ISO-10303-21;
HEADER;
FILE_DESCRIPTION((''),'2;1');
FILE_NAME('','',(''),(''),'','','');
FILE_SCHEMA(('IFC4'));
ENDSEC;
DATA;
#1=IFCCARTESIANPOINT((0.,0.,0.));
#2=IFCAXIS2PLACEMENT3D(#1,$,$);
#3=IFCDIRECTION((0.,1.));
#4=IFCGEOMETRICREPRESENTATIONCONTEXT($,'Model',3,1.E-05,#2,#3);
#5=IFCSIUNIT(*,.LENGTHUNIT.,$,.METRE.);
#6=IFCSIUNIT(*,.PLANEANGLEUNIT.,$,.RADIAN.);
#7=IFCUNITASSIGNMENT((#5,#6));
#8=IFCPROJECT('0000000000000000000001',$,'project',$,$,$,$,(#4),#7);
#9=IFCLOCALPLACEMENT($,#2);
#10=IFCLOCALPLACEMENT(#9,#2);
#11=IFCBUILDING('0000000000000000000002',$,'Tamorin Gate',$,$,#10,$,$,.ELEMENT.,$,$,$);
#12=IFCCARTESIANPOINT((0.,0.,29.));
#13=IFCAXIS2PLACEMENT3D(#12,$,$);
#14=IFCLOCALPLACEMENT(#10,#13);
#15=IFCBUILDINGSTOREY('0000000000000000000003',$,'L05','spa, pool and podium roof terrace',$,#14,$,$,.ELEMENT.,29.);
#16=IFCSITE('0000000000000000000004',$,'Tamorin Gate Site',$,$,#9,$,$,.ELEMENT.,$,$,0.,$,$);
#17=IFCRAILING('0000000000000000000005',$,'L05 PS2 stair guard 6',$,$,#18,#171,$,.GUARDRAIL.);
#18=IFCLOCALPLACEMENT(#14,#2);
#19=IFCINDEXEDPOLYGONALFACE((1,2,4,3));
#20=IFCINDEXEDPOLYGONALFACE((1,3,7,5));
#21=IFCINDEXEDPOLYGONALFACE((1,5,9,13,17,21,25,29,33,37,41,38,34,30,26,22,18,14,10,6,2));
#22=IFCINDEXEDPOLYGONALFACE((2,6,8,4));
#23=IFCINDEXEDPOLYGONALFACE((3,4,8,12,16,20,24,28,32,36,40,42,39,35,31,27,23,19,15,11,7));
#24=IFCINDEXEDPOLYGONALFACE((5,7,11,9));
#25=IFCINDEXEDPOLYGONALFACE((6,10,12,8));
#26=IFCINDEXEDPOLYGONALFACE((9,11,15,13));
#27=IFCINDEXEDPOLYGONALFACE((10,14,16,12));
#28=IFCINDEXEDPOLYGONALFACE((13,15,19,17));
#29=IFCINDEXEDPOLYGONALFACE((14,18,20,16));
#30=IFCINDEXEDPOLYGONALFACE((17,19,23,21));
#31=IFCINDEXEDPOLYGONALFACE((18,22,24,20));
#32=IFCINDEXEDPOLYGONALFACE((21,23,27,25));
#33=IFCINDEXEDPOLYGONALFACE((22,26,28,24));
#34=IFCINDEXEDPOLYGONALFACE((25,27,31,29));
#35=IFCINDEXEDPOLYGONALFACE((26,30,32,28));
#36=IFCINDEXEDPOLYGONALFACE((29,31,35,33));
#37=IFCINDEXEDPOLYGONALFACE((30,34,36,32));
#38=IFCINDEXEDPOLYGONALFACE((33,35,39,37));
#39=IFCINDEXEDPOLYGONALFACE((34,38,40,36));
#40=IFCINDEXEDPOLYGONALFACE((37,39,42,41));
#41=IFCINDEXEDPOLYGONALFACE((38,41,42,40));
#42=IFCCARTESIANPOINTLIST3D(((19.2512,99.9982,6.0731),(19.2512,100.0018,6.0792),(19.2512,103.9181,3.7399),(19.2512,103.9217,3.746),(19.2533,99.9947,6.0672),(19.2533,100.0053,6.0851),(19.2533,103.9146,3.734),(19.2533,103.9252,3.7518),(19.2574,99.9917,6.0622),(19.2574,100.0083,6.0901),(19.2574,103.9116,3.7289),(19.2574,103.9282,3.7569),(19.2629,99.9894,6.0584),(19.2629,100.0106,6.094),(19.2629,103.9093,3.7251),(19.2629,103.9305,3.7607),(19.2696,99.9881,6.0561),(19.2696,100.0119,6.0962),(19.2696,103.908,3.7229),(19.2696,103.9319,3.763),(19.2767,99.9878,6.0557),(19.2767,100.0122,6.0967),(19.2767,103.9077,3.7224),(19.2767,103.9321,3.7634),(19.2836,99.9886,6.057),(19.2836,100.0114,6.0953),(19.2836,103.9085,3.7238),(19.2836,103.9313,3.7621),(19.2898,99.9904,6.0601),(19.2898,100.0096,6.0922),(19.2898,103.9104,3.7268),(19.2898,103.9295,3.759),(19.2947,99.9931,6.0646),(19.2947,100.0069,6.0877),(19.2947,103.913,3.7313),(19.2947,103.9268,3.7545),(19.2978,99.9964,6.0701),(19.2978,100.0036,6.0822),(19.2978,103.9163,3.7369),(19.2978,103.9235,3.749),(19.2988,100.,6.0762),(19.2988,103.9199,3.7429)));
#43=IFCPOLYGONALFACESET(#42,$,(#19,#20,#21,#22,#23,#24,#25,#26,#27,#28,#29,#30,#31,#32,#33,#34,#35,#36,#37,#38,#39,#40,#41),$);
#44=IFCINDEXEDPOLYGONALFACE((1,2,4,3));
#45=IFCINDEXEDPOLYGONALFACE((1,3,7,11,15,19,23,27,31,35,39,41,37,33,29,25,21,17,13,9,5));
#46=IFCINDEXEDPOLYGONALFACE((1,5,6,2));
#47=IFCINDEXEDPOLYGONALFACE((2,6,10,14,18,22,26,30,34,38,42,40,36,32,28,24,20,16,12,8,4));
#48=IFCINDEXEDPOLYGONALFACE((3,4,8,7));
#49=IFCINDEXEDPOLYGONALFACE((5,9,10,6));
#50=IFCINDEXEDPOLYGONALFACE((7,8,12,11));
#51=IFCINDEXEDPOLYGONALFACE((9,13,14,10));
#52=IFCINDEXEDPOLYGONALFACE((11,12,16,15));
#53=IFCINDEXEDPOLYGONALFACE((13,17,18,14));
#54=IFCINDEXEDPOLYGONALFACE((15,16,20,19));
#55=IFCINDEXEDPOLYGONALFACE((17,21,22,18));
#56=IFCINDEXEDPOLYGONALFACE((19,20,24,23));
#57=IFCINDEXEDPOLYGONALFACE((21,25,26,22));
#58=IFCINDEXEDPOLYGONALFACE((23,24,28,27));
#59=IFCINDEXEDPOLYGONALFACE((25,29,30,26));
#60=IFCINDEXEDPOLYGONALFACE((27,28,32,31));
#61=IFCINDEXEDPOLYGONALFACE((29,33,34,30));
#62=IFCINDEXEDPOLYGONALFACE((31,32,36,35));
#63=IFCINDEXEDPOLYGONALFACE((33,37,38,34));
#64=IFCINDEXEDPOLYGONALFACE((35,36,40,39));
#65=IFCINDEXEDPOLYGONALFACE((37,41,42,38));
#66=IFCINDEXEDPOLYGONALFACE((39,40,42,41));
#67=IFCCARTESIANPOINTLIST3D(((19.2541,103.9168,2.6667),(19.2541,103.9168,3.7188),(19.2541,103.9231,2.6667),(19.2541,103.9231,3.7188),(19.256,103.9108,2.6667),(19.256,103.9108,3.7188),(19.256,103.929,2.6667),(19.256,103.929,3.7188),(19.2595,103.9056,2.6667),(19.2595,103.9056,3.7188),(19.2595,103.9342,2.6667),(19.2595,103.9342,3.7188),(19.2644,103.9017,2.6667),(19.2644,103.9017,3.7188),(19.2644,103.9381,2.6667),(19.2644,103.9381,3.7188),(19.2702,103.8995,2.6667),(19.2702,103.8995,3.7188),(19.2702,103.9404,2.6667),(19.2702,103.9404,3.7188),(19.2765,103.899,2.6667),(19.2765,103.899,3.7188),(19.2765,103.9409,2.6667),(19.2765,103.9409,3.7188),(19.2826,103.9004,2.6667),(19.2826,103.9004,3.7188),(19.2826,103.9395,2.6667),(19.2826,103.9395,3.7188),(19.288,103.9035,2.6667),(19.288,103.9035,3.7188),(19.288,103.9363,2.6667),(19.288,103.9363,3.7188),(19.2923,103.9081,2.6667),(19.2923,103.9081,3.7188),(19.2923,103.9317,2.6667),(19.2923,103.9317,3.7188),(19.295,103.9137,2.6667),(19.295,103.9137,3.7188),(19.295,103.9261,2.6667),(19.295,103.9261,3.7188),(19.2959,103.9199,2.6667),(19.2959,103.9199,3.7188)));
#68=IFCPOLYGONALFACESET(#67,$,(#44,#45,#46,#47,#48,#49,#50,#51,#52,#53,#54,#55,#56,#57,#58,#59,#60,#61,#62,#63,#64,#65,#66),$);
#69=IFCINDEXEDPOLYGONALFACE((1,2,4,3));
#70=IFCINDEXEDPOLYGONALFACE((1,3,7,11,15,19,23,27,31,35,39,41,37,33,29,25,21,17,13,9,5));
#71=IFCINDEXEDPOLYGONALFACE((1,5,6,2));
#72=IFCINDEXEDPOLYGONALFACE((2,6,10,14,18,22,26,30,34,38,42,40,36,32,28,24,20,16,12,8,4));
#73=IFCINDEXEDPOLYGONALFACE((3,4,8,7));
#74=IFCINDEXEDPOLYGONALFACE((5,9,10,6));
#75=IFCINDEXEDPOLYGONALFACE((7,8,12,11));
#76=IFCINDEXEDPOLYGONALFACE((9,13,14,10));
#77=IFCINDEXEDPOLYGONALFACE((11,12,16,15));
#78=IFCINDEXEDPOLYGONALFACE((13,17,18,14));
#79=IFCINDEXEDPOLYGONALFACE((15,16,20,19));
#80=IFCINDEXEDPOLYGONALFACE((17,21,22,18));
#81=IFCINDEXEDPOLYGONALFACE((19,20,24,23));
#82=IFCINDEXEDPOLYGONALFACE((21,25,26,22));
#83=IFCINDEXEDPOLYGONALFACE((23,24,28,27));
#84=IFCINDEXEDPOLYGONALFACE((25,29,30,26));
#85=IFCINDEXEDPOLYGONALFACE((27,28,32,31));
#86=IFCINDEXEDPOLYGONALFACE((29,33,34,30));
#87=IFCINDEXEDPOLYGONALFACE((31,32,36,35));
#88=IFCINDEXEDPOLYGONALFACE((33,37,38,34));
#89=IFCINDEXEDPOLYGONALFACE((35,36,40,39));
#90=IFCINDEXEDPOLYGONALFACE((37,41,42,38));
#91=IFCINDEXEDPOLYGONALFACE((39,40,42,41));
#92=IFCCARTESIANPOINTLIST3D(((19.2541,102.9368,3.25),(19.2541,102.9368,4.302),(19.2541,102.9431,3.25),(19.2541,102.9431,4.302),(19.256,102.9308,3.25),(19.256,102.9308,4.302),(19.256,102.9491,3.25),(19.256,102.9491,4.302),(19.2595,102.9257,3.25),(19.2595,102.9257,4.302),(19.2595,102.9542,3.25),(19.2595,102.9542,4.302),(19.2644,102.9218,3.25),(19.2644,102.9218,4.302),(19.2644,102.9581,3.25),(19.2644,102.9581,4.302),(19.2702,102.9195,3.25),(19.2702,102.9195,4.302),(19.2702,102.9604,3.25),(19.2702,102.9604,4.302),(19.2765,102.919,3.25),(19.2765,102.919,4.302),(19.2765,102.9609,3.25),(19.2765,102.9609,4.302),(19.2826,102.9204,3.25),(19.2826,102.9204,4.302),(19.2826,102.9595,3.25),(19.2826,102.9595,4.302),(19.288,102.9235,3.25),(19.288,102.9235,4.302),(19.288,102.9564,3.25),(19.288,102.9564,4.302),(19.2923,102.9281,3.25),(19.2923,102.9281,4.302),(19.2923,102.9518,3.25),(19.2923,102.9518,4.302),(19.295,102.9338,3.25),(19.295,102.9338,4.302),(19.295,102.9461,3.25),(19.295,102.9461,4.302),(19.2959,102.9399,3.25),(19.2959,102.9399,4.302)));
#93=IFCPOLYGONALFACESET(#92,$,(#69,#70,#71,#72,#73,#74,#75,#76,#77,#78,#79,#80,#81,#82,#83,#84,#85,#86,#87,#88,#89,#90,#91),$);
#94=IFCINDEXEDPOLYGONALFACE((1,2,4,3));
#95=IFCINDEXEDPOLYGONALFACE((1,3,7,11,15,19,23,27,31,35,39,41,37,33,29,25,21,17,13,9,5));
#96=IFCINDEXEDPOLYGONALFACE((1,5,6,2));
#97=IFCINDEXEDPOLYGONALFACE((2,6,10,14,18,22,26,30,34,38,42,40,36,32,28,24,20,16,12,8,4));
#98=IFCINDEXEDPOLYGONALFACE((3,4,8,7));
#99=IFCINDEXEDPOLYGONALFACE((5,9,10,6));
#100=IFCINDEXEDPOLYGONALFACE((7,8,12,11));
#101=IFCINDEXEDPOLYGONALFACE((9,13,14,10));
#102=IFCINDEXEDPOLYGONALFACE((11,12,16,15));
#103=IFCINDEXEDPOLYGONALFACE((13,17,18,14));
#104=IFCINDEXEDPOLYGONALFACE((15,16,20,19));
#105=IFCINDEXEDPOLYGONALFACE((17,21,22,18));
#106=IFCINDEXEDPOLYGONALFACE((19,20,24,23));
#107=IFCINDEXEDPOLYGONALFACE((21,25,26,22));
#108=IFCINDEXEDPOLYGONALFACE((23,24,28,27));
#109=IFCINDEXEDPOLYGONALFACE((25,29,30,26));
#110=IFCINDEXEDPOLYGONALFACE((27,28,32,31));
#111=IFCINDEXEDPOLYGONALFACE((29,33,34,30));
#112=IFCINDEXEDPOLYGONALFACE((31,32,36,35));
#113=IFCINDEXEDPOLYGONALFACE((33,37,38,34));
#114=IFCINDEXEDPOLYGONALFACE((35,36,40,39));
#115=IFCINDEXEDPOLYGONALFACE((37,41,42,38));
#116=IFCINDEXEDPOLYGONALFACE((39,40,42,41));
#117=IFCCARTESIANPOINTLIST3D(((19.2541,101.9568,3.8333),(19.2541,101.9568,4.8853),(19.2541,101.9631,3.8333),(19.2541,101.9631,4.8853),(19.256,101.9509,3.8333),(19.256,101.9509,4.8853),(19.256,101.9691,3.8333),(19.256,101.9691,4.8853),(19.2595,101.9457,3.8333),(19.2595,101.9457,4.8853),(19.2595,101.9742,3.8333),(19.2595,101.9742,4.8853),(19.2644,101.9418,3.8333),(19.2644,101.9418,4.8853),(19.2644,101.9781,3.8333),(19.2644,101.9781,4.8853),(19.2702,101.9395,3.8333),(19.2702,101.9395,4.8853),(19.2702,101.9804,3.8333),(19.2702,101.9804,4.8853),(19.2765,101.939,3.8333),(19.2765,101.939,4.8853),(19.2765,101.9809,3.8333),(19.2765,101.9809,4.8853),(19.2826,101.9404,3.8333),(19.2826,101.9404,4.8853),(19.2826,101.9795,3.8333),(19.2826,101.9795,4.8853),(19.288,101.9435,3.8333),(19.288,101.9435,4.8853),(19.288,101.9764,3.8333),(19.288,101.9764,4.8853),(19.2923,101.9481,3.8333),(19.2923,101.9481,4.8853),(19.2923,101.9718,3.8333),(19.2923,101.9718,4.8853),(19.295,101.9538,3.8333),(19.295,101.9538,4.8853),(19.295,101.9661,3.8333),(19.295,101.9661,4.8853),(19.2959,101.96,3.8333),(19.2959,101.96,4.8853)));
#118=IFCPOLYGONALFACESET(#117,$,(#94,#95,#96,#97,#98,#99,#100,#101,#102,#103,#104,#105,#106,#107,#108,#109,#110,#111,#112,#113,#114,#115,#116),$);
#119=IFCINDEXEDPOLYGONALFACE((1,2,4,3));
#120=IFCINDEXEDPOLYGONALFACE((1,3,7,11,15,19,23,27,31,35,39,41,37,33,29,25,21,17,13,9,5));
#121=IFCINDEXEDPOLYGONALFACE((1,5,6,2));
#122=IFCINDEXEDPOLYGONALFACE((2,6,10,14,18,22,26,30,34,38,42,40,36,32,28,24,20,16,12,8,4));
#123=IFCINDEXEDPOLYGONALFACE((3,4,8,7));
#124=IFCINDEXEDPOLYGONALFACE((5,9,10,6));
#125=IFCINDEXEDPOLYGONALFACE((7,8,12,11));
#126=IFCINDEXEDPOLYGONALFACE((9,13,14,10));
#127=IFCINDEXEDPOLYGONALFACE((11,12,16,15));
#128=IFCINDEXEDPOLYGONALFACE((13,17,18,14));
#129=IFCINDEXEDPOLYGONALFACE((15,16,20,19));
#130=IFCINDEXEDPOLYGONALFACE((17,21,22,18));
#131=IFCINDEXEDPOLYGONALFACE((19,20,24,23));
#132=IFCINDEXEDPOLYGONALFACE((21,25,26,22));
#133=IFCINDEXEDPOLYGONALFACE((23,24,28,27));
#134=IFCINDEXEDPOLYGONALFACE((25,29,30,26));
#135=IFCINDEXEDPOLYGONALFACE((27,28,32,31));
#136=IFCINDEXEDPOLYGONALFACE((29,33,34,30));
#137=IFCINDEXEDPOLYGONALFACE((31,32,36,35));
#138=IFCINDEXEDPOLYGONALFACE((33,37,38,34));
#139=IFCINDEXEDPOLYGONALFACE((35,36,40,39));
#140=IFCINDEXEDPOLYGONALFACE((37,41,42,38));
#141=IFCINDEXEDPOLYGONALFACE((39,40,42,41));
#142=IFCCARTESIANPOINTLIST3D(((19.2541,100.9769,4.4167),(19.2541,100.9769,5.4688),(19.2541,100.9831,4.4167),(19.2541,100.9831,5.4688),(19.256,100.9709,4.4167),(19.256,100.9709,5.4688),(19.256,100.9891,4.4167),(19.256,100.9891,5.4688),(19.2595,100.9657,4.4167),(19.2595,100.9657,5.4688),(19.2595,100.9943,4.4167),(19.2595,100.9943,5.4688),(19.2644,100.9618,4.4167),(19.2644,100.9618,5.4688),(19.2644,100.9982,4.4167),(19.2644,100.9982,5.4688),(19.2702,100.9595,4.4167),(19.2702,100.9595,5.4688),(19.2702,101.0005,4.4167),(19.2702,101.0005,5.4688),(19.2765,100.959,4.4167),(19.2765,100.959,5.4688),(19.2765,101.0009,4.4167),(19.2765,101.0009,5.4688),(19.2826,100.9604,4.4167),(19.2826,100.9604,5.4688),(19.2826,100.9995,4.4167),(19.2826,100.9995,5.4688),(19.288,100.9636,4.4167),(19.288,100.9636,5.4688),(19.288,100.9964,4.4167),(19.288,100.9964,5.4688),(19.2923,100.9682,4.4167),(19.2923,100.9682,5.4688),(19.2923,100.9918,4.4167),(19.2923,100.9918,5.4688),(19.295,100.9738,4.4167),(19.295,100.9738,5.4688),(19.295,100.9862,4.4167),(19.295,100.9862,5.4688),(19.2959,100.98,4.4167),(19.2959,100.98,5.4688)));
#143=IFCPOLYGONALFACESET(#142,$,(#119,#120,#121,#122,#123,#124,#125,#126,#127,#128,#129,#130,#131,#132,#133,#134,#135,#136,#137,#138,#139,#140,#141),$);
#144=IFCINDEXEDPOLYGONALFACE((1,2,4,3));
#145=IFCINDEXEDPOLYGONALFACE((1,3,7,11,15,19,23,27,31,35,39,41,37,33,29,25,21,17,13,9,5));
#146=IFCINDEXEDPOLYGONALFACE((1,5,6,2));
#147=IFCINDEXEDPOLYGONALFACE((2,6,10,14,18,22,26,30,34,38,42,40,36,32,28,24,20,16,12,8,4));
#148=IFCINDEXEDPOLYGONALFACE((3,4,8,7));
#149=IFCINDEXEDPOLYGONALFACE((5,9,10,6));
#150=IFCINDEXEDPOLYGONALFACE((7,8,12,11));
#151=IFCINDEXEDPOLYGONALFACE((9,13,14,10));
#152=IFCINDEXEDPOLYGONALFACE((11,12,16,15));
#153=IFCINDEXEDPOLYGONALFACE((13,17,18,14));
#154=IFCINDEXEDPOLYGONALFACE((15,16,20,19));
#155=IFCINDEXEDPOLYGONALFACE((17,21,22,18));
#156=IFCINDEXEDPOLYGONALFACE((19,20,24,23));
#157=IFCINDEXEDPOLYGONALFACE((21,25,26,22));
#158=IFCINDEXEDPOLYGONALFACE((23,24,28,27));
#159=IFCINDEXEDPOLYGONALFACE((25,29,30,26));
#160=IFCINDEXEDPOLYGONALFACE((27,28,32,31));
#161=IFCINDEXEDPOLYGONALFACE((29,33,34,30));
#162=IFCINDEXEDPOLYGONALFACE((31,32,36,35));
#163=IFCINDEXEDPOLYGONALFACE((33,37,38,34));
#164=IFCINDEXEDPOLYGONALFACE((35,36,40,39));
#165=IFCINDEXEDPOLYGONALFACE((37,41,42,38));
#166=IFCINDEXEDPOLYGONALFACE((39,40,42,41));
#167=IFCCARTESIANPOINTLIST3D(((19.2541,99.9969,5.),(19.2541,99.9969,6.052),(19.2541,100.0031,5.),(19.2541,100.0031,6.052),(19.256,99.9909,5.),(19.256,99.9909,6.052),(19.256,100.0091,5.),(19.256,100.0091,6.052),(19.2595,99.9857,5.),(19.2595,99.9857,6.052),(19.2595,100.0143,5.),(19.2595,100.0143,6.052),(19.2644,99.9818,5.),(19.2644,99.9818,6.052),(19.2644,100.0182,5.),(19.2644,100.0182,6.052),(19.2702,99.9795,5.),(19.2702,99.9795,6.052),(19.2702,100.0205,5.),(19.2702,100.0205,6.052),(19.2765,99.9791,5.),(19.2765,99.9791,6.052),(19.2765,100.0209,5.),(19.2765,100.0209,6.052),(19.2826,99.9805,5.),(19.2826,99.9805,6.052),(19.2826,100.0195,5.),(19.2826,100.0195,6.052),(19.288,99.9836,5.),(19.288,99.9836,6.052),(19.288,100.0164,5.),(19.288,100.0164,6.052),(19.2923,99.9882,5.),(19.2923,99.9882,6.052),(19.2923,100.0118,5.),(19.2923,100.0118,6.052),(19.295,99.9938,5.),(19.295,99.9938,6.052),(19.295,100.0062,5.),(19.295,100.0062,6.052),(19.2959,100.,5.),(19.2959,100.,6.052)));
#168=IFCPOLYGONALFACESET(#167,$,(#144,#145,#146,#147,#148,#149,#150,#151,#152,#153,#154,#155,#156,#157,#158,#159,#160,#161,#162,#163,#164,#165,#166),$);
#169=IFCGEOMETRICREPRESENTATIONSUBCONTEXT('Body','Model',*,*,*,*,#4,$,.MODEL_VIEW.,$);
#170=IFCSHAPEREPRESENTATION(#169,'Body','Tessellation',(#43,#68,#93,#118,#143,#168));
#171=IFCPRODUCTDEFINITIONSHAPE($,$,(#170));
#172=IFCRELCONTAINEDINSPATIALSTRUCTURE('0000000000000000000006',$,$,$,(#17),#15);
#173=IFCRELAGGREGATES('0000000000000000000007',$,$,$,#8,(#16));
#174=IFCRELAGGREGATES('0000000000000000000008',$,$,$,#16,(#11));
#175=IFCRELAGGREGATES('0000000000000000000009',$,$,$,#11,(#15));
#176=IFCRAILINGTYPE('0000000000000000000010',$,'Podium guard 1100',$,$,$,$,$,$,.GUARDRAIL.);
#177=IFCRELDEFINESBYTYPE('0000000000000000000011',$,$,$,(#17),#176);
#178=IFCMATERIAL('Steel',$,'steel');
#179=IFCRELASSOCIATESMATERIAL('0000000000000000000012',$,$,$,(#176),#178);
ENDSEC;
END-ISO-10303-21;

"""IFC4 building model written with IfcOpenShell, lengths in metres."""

from ifc_helpers import new_model, si_unit, direction, frame, origin, origin_2d, place, context, subcontext, project, spatial, circle, extrude, material, type_object, element, save


model = new_model("IFC4")

# Units and contexts
model_context = context("Model", 3, precision=1e-05, world=origin(), true_north=direction((0.0, 1.0)))
body_context = subcontext(model_context, "Body", "Model", "MODEL_VIEW")
ifc_project = project(units=[si_unit("LENGTHUNIT", "METRE"), si_unit("PLANEANGLEUNIT", "RADIAN")], contexts=[model_context])

# Site, building, storey
site_placement = place(None, origin())
site = spatial("IfcSite", under=ifc_project, at=site_placement, Name="Tamorin Gate Site", CompositionType="ELEMENT", RefElevation=0.0)
building_placement = place(site_placement, origin())
building = spatial("IfcBuilding", under=site, at=building_placement, Name="Tamorin Gate", CompositionType="ELEMENT")
storey_placement = place(building_placement, frame((0.0, 0.0, 29.0)))
storey = spatial("IfcBuildingStorey", under=building, at=storey_placement, Name="L05", Description="spa, pool and podium roof terrace", CompositionType="ELEMENT", Elevation=29.0)

# Railing
ifc_material_1 = material(Name="Steel", Category="steel")
railing_type_1 = type_object("IfcRailingType", Name="Podium guard 1100", PredefinedType="GUARDRAIL", material=ifc_material_1)
railing_1_placement = place(storey_placement, frame((19.2749, 103.9199, 2.6667)))
element("IfcRailing", 1, at=railing_1_placement, inside=storey, type_object=railing_type_1, Name="L05 PS2 stair guard 6", PredefinedType="GUARDRAIL", context=body_context, shape_type="SweptSolid", body=[
    extrude(circle(Radius=0.0239, at=origin_2d()), frame((0.0, 0.0, 1.0762), z_axis=(0.0, -0.859296, 0.511478), x_axis=(1.0, 0.0, 0.0)), (0.0, 0.0, 1.0), 4.5618),
    extrude(circle(Radius=0.021, at=origin_2d()), origin(), (0.0, 0.0, 1.0), 1.052),
    extrude(circle(Radius=0.021, at=origin_2d()), frame((0.0, -0.98, 0.5833)), (0.0, 0.0, 1.0), 1.052),
    extrude(circle(Radius=0.021, at=origin_2d()), frame((0.0, -1.96, 1.1665)), (0.0, 0.0, 1.0), 1.052),
    extrude(circle(Radius=0.021, at=origin_2d()), frame((0.0, -2.9399, 1.75)), (0.0, 0.0, 1.0), 1.052),
    extrude(circle(Radius=0.021, at=origin_2d()), frame((0.0, -3.9199, 2.3333)), (0.0, 0.0, 1.0), 1.052),
])

save(model, "model.ifc")
